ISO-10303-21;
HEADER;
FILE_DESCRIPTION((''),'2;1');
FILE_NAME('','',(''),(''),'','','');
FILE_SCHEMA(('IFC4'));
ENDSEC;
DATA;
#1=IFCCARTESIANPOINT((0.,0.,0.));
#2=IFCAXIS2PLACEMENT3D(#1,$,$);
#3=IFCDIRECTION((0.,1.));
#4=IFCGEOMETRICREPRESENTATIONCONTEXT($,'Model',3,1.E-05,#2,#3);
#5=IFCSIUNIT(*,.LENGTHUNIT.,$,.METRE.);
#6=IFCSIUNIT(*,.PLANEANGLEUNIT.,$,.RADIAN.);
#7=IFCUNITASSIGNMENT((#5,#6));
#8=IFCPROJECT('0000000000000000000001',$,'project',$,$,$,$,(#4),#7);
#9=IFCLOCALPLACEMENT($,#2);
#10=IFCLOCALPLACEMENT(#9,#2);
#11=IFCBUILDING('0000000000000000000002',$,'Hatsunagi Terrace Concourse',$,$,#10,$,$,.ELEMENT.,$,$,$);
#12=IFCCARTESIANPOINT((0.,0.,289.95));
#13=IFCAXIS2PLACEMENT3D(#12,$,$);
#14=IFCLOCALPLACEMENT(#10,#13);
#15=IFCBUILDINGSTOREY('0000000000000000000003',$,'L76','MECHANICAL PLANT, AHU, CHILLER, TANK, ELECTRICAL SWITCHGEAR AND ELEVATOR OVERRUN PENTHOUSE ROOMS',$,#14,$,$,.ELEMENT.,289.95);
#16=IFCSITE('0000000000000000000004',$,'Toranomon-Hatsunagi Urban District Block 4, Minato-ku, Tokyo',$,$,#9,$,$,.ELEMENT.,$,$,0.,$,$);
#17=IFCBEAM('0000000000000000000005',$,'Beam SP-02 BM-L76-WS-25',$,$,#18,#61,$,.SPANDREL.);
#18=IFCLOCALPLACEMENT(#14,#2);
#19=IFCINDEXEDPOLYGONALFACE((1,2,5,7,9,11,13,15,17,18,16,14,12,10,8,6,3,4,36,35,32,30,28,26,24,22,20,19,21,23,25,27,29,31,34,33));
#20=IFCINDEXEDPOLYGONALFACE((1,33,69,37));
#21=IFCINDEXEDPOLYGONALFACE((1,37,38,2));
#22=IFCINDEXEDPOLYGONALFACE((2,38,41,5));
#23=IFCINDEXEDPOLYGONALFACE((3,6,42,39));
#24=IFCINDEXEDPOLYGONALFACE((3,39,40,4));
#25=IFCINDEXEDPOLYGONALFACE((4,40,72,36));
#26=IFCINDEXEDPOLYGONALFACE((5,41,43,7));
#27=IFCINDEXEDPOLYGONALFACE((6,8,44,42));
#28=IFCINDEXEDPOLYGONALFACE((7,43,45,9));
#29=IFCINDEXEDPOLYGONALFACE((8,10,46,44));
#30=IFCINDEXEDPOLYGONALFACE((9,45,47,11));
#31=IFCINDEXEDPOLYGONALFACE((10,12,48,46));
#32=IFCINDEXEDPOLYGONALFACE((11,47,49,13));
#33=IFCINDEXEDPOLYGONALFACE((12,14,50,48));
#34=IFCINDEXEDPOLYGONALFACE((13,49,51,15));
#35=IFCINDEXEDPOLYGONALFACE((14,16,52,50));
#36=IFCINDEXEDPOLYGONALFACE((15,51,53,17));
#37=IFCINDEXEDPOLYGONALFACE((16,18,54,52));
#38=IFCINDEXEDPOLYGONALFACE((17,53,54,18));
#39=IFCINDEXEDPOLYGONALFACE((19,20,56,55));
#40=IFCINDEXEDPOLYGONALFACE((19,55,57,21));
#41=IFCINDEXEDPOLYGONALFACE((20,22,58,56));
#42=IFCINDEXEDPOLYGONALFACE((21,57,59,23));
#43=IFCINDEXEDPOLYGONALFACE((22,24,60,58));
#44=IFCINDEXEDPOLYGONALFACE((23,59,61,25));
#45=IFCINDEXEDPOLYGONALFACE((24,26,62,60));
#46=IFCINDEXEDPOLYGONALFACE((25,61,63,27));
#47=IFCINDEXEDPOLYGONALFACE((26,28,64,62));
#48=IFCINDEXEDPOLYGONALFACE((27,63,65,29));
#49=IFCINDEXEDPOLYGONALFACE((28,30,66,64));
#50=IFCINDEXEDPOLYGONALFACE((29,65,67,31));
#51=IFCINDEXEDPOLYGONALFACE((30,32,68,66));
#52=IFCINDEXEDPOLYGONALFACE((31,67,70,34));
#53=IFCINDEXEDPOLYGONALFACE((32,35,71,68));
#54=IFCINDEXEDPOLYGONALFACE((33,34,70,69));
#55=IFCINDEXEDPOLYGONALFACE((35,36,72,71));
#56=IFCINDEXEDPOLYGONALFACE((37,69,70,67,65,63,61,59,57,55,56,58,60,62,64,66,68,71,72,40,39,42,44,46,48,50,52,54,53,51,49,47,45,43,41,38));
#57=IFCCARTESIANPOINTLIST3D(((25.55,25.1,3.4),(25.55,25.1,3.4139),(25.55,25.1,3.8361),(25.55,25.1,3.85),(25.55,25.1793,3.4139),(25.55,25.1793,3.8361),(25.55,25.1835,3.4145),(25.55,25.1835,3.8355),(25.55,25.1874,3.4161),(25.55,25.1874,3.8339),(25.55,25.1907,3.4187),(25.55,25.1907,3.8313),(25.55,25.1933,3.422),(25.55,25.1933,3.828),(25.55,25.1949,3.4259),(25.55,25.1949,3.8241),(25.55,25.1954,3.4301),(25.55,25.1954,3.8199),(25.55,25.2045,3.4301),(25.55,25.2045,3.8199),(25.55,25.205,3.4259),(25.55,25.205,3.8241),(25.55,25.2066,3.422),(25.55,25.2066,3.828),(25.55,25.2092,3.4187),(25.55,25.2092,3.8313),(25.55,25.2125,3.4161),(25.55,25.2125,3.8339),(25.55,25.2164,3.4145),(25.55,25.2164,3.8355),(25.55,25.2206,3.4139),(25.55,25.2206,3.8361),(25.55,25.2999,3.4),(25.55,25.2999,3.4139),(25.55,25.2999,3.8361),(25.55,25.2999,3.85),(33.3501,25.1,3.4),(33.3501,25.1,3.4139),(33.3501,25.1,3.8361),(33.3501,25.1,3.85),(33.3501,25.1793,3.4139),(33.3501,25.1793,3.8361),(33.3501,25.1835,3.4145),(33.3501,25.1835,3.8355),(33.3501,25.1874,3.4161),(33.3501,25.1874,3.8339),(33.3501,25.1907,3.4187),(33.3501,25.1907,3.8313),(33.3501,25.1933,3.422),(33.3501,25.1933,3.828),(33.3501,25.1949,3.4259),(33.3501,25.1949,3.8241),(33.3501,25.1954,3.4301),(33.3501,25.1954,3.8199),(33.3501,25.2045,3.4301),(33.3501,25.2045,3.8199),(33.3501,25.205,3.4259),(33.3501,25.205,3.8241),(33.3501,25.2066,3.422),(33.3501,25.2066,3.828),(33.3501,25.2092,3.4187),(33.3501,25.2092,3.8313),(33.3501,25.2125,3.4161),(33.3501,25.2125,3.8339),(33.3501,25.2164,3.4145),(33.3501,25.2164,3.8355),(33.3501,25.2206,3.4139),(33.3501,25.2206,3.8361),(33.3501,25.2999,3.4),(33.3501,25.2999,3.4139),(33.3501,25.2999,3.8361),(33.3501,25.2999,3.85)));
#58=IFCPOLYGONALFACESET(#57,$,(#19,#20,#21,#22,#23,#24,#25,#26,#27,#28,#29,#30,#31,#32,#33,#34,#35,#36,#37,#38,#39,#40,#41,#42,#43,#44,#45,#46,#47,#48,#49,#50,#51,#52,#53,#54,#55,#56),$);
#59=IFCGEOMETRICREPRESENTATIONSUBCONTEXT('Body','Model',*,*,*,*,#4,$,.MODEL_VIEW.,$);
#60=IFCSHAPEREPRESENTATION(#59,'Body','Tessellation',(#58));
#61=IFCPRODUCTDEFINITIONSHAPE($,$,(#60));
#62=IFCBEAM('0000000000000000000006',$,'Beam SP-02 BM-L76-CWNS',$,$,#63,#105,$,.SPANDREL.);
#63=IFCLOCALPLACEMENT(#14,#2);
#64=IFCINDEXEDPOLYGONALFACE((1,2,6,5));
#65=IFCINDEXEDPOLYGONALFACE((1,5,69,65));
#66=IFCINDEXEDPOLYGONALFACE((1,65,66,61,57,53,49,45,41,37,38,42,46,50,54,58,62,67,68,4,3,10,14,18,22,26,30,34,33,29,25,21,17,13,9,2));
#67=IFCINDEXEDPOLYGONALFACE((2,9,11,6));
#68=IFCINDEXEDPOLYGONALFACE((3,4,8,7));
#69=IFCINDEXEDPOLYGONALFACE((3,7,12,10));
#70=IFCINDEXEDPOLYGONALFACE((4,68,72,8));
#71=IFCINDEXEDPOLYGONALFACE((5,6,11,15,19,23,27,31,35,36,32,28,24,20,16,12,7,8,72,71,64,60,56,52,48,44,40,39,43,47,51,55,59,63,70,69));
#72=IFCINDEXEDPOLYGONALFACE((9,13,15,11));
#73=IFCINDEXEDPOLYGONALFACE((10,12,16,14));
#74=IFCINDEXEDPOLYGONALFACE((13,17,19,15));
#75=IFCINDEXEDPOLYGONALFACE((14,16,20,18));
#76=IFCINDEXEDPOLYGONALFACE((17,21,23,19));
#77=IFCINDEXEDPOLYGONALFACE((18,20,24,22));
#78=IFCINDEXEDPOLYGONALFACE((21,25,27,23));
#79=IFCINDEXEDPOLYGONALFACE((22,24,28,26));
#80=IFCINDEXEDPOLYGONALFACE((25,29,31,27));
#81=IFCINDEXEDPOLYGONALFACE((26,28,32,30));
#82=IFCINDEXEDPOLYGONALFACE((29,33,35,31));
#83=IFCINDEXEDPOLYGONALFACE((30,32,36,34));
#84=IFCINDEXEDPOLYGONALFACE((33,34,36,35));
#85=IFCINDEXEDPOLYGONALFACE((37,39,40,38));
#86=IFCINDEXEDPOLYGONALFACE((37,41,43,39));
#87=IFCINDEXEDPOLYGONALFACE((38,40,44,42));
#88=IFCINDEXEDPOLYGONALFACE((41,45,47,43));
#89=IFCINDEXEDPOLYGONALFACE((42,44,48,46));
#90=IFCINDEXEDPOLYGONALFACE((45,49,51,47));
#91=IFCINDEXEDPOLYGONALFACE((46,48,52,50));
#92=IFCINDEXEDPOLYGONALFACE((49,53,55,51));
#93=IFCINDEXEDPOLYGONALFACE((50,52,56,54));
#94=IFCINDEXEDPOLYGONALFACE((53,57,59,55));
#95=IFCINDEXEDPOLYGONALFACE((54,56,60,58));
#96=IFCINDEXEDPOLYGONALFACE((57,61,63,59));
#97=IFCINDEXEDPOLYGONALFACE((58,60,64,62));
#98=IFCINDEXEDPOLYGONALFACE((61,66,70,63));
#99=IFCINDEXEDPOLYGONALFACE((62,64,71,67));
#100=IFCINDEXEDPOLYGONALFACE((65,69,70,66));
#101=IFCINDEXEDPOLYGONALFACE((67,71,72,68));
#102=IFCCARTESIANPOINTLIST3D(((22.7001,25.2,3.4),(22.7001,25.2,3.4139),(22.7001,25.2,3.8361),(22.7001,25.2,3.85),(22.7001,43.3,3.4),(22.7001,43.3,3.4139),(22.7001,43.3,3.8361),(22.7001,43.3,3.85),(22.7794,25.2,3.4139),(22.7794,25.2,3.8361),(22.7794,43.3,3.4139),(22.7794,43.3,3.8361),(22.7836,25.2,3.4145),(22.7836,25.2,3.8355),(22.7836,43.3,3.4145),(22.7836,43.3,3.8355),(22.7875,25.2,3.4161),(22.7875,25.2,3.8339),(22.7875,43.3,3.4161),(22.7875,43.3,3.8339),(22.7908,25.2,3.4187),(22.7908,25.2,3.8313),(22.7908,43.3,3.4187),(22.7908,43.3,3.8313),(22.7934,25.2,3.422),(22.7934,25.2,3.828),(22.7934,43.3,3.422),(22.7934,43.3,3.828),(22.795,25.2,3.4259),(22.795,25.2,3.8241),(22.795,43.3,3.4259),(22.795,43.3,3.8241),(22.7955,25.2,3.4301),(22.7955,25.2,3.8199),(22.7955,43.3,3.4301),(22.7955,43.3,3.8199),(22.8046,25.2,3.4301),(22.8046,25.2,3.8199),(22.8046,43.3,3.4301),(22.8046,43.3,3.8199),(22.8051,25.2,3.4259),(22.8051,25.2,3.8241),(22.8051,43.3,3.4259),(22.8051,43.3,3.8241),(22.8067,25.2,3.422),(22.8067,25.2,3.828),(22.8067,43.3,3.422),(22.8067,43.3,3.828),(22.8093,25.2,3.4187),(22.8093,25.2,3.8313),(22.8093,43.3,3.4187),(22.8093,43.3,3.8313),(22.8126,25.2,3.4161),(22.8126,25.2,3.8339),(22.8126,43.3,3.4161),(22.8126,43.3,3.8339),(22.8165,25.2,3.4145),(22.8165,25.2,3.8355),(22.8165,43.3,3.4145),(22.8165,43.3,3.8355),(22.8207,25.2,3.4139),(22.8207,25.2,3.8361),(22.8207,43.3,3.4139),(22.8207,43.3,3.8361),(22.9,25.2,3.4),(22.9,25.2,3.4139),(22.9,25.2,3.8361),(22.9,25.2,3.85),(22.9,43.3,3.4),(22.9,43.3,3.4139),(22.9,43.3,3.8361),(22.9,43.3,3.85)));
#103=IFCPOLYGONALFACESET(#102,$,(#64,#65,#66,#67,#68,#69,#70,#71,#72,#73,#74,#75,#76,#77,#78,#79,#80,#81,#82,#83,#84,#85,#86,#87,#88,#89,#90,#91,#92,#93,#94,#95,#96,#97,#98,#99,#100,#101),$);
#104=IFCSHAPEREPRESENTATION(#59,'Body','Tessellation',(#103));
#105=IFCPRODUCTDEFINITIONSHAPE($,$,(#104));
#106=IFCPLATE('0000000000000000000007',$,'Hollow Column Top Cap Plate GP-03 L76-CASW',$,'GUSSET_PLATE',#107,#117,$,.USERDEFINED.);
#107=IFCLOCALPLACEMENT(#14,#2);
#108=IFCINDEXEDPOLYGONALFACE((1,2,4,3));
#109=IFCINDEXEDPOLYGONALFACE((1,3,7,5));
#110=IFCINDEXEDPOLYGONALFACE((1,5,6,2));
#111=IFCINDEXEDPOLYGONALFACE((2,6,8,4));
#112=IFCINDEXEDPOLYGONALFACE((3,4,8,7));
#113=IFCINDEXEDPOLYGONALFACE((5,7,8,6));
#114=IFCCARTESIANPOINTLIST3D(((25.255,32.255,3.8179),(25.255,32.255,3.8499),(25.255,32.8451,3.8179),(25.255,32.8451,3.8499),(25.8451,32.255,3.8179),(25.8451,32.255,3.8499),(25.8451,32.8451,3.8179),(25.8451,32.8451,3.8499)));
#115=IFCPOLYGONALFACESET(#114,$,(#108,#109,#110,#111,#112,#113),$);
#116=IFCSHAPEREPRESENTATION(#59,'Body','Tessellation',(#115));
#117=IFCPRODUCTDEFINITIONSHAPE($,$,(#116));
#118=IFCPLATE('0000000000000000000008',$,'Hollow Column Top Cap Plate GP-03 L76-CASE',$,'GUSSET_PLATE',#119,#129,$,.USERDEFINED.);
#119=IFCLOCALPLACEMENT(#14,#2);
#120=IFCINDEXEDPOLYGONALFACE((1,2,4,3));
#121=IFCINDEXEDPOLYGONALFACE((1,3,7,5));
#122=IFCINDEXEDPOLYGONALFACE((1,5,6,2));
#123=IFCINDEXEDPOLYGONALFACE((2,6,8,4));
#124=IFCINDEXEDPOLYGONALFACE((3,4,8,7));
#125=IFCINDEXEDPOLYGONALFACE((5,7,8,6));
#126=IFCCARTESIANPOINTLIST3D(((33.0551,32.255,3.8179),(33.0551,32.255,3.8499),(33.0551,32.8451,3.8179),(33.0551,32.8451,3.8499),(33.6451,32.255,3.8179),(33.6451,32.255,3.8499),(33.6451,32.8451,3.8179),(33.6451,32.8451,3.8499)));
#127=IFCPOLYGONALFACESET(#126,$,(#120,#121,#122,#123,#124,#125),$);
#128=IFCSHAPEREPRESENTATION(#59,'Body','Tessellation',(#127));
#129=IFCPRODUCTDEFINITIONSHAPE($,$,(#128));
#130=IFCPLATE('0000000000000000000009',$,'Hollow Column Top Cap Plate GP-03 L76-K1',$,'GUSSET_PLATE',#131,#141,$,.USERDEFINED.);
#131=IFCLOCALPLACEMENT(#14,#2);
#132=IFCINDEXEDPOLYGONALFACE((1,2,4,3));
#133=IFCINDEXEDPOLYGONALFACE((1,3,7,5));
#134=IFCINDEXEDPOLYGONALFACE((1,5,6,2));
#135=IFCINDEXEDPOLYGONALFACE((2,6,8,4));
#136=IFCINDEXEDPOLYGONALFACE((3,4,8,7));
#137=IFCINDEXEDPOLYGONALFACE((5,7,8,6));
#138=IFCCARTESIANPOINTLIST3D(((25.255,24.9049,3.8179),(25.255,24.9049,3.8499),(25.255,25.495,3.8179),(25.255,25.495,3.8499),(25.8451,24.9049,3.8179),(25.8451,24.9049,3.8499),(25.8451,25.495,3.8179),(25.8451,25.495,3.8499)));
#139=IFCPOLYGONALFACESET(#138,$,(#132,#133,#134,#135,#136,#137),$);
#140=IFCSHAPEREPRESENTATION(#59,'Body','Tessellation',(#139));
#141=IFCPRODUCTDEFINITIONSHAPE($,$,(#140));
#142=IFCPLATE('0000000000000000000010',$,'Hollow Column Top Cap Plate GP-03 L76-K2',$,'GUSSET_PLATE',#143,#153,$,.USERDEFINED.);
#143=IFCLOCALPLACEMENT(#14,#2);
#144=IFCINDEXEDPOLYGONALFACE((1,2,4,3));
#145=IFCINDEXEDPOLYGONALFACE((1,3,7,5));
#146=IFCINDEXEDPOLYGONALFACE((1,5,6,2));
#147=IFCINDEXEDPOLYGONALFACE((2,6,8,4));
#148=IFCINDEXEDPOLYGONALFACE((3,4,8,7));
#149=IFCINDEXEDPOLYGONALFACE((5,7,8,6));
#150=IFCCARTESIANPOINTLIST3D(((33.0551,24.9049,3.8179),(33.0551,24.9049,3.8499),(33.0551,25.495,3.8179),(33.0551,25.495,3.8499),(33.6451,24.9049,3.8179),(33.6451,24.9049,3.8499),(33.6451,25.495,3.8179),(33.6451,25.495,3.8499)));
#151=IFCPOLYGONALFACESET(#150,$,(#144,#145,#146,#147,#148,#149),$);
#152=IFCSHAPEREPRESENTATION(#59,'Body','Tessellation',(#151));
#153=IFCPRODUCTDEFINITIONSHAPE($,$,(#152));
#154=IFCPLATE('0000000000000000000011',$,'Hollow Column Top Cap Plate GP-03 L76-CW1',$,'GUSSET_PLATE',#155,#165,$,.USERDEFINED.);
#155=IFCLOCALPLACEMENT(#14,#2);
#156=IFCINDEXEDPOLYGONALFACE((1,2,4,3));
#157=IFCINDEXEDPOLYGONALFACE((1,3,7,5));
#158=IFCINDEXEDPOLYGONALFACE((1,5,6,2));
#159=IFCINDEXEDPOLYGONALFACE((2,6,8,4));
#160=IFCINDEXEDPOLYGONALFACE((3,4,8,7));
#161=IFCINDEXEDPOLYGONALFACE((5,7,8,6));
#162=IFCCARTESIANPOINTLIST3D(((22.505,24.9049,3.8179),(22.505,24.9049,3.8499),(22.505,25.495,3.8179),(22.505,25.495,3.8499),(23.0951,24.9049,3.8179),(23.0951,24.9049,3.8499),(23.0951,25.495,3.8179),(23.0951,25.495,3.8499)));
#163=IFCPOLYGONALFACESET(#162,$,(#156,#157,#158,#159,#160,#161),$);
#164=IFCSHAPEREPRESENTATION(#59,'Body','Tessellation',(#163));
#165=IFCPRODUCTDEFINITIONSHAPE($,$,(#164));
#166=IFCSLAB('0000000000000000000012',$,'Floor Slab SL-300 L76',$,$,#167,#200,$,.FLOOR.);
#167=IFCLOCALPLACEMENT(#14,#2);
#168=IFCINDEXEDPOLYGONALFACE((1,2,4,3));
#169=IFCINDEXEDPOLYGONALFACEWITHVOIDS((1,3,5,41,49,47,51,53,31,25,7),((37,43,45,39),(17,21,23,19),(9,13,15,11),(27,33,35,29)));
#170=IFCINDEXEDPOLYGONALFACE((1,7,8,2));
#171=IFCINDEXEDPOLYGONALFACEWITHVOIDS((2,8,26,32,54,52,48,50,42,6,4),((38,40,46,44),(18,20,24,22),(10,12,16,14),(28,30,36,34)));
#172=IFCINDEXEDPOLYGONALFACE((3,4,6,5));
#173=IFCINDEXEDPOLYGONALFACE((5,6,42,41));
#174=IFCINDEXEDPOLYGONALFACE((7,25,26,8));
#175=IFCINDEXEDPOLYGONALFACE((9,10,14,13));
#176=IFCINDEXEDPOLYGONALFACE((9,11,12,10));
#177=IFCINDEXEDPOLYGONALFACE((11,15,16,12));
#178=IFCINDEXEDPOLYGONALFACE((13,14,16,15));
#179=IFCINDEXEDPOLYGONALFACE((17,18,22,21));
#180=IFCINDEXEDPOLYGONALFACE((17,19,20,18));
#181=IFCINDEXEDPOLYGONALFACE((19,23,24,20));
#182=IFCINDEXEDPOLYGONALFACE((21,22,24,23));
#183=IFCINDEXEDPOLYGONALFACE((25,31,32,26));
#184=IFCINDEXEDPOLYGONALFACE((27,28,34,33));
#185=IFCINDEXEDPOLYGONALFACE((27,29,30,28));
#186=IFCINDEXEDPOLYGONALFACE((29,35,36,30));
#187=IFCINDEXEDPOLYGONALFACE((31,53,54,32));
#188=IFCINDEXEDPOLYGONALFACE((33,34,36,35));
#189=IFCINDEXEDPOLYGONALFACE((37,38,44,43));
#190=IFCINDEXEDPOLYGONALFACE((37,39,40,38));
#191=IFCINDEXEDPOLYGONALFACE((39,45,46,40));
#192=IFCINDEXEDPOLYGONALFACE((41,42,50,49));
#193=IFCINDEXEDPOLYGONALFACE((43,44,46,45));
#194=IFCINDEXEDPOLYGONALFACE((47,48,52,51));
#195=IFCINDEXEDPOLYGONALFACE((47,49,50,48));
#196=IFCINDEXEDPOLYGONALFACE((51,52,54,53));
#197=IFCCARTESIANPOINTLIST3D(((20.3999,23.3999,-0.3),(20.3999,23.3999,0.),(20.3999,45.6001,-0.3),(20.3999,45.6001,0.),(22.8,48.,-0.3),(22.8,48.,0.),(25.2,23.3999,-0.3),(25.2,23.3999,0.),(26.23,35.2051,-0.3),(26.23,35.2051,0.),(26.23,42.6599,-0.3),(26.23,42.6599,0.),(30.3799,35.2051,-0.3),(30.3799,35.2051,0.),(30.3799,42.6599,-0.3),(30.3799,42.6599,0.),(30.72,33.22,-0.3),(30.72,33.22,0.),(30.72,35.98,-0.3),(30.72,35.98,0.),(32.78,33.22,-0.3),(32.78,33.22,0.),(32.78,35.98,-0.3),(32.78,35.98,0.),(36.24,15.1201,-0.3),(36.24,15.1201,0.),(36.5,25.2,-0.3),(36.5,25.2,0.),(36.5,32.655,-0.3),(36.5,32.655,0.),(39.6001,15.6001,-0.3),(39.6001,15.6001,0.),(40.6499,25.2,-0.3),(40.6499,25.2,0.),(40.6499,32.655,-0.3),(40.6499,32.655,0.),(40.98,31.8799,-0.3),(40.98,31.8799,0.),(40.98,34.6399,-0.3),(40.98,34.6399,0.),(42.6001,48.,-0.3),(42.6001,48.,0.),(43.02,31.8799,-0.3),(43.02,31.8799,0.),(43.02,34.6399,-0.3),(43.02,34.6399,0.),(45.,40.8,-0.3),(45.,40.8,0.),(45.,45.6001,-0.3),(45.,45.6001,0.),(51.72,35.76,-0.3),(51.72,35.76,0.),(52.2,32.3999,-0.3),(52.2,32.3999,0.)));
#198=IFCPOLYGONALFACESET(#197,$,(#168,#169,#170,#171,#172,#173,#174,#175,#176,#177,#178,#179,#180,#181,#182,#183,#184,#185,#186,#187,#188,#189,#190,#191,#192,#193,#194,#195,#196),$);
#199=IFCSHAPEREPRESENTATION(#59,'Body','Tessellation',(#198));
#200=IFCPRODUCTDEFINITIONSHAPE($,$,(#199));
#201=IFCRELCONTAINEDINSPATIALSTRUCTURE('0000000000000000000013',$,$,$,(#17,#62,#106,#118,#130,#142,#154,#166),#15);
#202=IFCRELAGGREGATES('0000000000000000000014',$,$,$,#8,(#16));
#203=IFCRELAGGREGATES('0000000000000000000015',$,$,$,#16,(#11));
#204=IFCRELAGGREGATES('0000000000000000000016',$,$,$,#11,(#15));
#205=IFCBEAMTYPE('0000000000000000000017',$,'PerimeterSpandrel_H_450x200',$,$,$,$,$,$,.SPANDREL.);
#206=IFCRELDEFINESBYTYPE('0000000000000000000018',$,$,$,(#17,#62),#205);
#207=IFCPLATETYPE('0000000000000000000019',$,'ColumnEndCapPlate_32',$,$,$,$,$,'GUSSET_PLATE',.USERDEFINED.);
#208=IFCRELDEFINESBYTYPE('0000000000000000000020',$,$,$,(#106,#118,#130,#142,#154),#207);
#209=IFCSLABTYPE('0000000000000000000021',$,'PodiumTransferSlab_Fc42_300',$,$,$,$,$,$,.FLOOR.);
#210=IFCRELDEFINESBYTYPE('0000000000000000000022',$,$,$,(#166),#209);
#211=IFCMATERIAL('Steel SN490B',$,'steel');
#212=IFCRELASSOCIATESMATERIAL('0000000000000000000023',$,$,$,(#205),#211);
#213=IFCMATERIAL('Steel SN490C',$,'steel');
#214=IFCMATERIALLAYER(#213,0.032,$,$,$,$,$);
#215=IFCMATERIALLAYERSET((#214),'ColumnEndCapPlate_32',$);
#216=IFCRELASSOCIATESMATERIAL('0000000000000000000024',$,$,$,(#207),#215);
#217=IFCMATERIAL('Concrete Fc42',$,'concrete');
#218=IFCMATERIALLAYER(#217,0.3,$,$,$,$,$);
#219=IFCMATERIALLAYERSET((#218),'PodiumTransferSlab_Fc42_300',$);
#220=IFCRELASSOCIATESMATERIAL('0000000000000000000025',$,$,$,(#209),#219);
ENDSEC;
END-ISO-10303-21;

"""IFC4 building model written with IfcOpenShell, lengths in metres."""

from ifc_helpers import new_model, si_unit, direction, frame, origin, origin_2d, place, context, subcontext, project, spatial, polyline, rectangle, i_section, outline, extrude, material, layer, layer_set, material_profile, profile_set, type_object, element, save


model = new_model("IFC4")

# Units and contexts
model_context = context("Model", 3, precision=1e-05, world=origin(), true_north=direction((0.0, 1.0)))
body_context = subcontext(model_context, "Body", "Model", "MODEL_VIEW")
ifc_project = project(units=[si_unit("LENGTHUNIT", "METRE"), si_unit("PLANEANGLEUNIT", "RADIAN")], contexts=[model_context])

# Site, building, storey
site_placement = place(None, origin())
site = spatial("IfcSite", under=ifc_project, at=site_placement, Name="Toranomon-Hatsunagi Urban District Block 4, Minato-ku, Tokyo", CompositionType="ELEMENT", RefElevation=0.0)
building_placement = place(site_placement, origin())
building = spatial("IfcBuilding", under=site, at=building_placement, Name="Hatsunagi Terrace Concourse", CompositionType="ELEMENT")
storey_placement = place(building_placement, frame((0.0, 0.0, 289.95)))
storey = spatial("IfcBuildingStorey", under=building, at=storey_placement, Name="L76", Description="MECHANICAL PLANT, AHU, CHILLER, TANK, ELECTRICAL SWITCHGEAR AND ELEVATOR OVERRUN PENTHOUSE ROOMS", CompositionType="ELEMENT", Elevation=289.95)

# Beams
ifc_material_1 = material(Name="Steel SN490B", Category="steel")
ifc_material_profile_1 = material_profile(ifc_material_1, i_section(OverallWidth=0.2, OverallDepth=0.45, WebThickness=0.009, FlangeThickness=0.0139, FilletRadius=0.0161, at=origin_2d()), Name="H-450x200x9x14")
ifc_profile_set_1 = profile_set([ifc_material_profile_1], Name="Steel SN490B")
beam_type_1 = type_object("IfcBeamType", Name="PerimeterSpandrel_H_450x200", PredefinedType="SPANDREL", material=ifc_profile_set_1)
beam_1_placement = place(storey_placement, frame((25.55, 25.2, 3.625), z_axis=(1.0, 0.0, 0.0), x_axis=(0.0, 1.0, 0.0)))
element("IfcBeam", 1, at=beam_1_placement, inside=storey, type_object=beam_type_1, Name="Beam SP-02 BM-L76-WS-25", PredefinedType="SPANDREL", context=body_context, shape_type="SweptSolid", body=[
    extrude(i_section(OverallWidth=0.2, OverallDepth=0.45, WebThickness=0.009, FlangeThickness=0.0139, FilletRadius=0.0161, at=origin_2d()), origin(), (0.0, 0.0, 1.0), 7.8),
])
beam_2_placement = place(storey_placement, frame((22.8, 25.2, 3.625), z_axis=(0.0, 1.0, 0.0), x_axis=(-1.0, 0.0, 0.0)))
element("IfcBeam", 2, at=beam_2_placement, inside=storey, type_object=beam_type_1, Name="Beam SP-02 BM-L76-CWNS", PredefinedType="SPANDREL", context=body_context, shape_type="SweptSolid", body=[
    extrude(i_section(OverallWidth=0.2, OverallDepth=0.45, WebThickness=0.009, FlangeThickness=0.0139, FilletRadius=0.0161, at=origin_2d()), origin(), (0.0, 0.0, 1.0), 18.1001),
])

# Plates
ifc_material_2 = material(Name="Steel SN490C", Category="steel")
ifc_layer_1 = layer(ifc_material_2, 0.032)
ifc_layer_set_1 = layer_set([ifc_layer_1], Name="ColumnEndCapPlate_32")
plate_type = type_object("IfcPlateType", Name="ColumnEndCapPlate_32", ElementType="GUSSET_PLATE", PredefinedType="USERDEFINED", material=ifc_layer_set_1)
for number, where, z_axis, x_axis, name in (
    (3, (25.55, 32.55, 3.8179), (0.0, 0.0, 1.0), (1.0, 0.0, 0.0), "Hollow Column Top Cap Plate GP-03 L76-CASW"),
    (4, (33.3501, 32.55, 3.8179), (0.0, 0.0, 1.0), (1.0, 0.0, 0.0), "Hollow Column Top Cap Plate GP-03 L76-CASE"),
    (5, (25.55, 25.2, 3.8179), (0.0, 0.0, 1.0), (1.0, 0.0, 0.0), "Hollow Column Top Cap Plate GP-03 L76-K1"),
    (6, (33.3501, 25.2, 3.8179), (0.0, 0.0, 1.0), (1.0, 0.0, 0.0), "Hollow Column Top Cap Plate GP-03 L76-K2"),
    (7, (22.8, 25.2, 3.8179), (0.0, 0.0, 1.0), (1.0, 0.0, 0.0), "Hollow Column Top Cap Plate GP-03 L76-CW1"),
):
    element("IfcPlate", number, at=place(storey_placement, frame(where, z_axis=z_axis, x_axis=x_axis)), inside=storey, type_object=plate_type, Name=name, ObjectType="GUSSET_PLATE", PredefinedType="USERDEFINED", context=body_context, shape_type="SweptSolid", body=[
        extrude(rectangle(XDim=0.5901, YDim=0.5901, at=origin_2d()), origin(), (0.0, 0.0, 1.0), 0.032),
    ])

# Slab
ifc_material_3 = material(Name="Concrete Fc42", Category="concrete")
ifc_layer_2 = layer(ifc_material_3, 0.3)
ifc_layer_set_2 = layer_set([ifc_layer_2], Name="PodiumTransferSlab_Fc42_300")
slab_type = type_object("IfcSlabType", Name="PodiumTransferSlab_Fc42_300", PredefinedType="FLOOR", material=ifc_layer_set_2)
slab_placement = place(storey_placement, frame((0.0, 0.0, -0.3)))
element("IfcSlab", 8, at=slab_placement, inside=storey, type_object=slab_type, Name="Floor Slab SL-300 L76", PredefinedType="FLOOR", context=body_context, shape_type="SweptSolid", body=[
    extrude(outline(polyline([(45.0, 40.8), (45.0, 45.6001), (42.6001, 48.0), (22.8, 48.0), (20.3999, 45.6001), (20.3999, 23.3999), (25.2, 23.3999), (36.24, 15.1201), (39.6001, 15.6001), (52.2, 32.3999), (51.72, 35.76), (45.0, 40.8)]), holes=[polyline([(26.23, 35.2051), (30.3799, 35.2051), (30.3799, 42.6599), (26.23, 42.6599), (26.23, 35.2051)]), polyline([(36.5, 25.2), (40.6499, 25.2), (40.6499, 32.655), (36.5, 32.655), (36.5, 25.2)]), polyline([(30.72, 33.22), (32.78, 33.22), (32.78, 35.98), (30.72, 35.98), (30.72, 33.22)]), polyline([(40.98, 31.8799), (43.02, 31.8799), (43.02, 34.6399), (40.98, 34.6399), (40.98, 31.8799)])]), origin(), (0.0, 0.0, 1.0), 0.3),
])

save(model, "model.ifc")
